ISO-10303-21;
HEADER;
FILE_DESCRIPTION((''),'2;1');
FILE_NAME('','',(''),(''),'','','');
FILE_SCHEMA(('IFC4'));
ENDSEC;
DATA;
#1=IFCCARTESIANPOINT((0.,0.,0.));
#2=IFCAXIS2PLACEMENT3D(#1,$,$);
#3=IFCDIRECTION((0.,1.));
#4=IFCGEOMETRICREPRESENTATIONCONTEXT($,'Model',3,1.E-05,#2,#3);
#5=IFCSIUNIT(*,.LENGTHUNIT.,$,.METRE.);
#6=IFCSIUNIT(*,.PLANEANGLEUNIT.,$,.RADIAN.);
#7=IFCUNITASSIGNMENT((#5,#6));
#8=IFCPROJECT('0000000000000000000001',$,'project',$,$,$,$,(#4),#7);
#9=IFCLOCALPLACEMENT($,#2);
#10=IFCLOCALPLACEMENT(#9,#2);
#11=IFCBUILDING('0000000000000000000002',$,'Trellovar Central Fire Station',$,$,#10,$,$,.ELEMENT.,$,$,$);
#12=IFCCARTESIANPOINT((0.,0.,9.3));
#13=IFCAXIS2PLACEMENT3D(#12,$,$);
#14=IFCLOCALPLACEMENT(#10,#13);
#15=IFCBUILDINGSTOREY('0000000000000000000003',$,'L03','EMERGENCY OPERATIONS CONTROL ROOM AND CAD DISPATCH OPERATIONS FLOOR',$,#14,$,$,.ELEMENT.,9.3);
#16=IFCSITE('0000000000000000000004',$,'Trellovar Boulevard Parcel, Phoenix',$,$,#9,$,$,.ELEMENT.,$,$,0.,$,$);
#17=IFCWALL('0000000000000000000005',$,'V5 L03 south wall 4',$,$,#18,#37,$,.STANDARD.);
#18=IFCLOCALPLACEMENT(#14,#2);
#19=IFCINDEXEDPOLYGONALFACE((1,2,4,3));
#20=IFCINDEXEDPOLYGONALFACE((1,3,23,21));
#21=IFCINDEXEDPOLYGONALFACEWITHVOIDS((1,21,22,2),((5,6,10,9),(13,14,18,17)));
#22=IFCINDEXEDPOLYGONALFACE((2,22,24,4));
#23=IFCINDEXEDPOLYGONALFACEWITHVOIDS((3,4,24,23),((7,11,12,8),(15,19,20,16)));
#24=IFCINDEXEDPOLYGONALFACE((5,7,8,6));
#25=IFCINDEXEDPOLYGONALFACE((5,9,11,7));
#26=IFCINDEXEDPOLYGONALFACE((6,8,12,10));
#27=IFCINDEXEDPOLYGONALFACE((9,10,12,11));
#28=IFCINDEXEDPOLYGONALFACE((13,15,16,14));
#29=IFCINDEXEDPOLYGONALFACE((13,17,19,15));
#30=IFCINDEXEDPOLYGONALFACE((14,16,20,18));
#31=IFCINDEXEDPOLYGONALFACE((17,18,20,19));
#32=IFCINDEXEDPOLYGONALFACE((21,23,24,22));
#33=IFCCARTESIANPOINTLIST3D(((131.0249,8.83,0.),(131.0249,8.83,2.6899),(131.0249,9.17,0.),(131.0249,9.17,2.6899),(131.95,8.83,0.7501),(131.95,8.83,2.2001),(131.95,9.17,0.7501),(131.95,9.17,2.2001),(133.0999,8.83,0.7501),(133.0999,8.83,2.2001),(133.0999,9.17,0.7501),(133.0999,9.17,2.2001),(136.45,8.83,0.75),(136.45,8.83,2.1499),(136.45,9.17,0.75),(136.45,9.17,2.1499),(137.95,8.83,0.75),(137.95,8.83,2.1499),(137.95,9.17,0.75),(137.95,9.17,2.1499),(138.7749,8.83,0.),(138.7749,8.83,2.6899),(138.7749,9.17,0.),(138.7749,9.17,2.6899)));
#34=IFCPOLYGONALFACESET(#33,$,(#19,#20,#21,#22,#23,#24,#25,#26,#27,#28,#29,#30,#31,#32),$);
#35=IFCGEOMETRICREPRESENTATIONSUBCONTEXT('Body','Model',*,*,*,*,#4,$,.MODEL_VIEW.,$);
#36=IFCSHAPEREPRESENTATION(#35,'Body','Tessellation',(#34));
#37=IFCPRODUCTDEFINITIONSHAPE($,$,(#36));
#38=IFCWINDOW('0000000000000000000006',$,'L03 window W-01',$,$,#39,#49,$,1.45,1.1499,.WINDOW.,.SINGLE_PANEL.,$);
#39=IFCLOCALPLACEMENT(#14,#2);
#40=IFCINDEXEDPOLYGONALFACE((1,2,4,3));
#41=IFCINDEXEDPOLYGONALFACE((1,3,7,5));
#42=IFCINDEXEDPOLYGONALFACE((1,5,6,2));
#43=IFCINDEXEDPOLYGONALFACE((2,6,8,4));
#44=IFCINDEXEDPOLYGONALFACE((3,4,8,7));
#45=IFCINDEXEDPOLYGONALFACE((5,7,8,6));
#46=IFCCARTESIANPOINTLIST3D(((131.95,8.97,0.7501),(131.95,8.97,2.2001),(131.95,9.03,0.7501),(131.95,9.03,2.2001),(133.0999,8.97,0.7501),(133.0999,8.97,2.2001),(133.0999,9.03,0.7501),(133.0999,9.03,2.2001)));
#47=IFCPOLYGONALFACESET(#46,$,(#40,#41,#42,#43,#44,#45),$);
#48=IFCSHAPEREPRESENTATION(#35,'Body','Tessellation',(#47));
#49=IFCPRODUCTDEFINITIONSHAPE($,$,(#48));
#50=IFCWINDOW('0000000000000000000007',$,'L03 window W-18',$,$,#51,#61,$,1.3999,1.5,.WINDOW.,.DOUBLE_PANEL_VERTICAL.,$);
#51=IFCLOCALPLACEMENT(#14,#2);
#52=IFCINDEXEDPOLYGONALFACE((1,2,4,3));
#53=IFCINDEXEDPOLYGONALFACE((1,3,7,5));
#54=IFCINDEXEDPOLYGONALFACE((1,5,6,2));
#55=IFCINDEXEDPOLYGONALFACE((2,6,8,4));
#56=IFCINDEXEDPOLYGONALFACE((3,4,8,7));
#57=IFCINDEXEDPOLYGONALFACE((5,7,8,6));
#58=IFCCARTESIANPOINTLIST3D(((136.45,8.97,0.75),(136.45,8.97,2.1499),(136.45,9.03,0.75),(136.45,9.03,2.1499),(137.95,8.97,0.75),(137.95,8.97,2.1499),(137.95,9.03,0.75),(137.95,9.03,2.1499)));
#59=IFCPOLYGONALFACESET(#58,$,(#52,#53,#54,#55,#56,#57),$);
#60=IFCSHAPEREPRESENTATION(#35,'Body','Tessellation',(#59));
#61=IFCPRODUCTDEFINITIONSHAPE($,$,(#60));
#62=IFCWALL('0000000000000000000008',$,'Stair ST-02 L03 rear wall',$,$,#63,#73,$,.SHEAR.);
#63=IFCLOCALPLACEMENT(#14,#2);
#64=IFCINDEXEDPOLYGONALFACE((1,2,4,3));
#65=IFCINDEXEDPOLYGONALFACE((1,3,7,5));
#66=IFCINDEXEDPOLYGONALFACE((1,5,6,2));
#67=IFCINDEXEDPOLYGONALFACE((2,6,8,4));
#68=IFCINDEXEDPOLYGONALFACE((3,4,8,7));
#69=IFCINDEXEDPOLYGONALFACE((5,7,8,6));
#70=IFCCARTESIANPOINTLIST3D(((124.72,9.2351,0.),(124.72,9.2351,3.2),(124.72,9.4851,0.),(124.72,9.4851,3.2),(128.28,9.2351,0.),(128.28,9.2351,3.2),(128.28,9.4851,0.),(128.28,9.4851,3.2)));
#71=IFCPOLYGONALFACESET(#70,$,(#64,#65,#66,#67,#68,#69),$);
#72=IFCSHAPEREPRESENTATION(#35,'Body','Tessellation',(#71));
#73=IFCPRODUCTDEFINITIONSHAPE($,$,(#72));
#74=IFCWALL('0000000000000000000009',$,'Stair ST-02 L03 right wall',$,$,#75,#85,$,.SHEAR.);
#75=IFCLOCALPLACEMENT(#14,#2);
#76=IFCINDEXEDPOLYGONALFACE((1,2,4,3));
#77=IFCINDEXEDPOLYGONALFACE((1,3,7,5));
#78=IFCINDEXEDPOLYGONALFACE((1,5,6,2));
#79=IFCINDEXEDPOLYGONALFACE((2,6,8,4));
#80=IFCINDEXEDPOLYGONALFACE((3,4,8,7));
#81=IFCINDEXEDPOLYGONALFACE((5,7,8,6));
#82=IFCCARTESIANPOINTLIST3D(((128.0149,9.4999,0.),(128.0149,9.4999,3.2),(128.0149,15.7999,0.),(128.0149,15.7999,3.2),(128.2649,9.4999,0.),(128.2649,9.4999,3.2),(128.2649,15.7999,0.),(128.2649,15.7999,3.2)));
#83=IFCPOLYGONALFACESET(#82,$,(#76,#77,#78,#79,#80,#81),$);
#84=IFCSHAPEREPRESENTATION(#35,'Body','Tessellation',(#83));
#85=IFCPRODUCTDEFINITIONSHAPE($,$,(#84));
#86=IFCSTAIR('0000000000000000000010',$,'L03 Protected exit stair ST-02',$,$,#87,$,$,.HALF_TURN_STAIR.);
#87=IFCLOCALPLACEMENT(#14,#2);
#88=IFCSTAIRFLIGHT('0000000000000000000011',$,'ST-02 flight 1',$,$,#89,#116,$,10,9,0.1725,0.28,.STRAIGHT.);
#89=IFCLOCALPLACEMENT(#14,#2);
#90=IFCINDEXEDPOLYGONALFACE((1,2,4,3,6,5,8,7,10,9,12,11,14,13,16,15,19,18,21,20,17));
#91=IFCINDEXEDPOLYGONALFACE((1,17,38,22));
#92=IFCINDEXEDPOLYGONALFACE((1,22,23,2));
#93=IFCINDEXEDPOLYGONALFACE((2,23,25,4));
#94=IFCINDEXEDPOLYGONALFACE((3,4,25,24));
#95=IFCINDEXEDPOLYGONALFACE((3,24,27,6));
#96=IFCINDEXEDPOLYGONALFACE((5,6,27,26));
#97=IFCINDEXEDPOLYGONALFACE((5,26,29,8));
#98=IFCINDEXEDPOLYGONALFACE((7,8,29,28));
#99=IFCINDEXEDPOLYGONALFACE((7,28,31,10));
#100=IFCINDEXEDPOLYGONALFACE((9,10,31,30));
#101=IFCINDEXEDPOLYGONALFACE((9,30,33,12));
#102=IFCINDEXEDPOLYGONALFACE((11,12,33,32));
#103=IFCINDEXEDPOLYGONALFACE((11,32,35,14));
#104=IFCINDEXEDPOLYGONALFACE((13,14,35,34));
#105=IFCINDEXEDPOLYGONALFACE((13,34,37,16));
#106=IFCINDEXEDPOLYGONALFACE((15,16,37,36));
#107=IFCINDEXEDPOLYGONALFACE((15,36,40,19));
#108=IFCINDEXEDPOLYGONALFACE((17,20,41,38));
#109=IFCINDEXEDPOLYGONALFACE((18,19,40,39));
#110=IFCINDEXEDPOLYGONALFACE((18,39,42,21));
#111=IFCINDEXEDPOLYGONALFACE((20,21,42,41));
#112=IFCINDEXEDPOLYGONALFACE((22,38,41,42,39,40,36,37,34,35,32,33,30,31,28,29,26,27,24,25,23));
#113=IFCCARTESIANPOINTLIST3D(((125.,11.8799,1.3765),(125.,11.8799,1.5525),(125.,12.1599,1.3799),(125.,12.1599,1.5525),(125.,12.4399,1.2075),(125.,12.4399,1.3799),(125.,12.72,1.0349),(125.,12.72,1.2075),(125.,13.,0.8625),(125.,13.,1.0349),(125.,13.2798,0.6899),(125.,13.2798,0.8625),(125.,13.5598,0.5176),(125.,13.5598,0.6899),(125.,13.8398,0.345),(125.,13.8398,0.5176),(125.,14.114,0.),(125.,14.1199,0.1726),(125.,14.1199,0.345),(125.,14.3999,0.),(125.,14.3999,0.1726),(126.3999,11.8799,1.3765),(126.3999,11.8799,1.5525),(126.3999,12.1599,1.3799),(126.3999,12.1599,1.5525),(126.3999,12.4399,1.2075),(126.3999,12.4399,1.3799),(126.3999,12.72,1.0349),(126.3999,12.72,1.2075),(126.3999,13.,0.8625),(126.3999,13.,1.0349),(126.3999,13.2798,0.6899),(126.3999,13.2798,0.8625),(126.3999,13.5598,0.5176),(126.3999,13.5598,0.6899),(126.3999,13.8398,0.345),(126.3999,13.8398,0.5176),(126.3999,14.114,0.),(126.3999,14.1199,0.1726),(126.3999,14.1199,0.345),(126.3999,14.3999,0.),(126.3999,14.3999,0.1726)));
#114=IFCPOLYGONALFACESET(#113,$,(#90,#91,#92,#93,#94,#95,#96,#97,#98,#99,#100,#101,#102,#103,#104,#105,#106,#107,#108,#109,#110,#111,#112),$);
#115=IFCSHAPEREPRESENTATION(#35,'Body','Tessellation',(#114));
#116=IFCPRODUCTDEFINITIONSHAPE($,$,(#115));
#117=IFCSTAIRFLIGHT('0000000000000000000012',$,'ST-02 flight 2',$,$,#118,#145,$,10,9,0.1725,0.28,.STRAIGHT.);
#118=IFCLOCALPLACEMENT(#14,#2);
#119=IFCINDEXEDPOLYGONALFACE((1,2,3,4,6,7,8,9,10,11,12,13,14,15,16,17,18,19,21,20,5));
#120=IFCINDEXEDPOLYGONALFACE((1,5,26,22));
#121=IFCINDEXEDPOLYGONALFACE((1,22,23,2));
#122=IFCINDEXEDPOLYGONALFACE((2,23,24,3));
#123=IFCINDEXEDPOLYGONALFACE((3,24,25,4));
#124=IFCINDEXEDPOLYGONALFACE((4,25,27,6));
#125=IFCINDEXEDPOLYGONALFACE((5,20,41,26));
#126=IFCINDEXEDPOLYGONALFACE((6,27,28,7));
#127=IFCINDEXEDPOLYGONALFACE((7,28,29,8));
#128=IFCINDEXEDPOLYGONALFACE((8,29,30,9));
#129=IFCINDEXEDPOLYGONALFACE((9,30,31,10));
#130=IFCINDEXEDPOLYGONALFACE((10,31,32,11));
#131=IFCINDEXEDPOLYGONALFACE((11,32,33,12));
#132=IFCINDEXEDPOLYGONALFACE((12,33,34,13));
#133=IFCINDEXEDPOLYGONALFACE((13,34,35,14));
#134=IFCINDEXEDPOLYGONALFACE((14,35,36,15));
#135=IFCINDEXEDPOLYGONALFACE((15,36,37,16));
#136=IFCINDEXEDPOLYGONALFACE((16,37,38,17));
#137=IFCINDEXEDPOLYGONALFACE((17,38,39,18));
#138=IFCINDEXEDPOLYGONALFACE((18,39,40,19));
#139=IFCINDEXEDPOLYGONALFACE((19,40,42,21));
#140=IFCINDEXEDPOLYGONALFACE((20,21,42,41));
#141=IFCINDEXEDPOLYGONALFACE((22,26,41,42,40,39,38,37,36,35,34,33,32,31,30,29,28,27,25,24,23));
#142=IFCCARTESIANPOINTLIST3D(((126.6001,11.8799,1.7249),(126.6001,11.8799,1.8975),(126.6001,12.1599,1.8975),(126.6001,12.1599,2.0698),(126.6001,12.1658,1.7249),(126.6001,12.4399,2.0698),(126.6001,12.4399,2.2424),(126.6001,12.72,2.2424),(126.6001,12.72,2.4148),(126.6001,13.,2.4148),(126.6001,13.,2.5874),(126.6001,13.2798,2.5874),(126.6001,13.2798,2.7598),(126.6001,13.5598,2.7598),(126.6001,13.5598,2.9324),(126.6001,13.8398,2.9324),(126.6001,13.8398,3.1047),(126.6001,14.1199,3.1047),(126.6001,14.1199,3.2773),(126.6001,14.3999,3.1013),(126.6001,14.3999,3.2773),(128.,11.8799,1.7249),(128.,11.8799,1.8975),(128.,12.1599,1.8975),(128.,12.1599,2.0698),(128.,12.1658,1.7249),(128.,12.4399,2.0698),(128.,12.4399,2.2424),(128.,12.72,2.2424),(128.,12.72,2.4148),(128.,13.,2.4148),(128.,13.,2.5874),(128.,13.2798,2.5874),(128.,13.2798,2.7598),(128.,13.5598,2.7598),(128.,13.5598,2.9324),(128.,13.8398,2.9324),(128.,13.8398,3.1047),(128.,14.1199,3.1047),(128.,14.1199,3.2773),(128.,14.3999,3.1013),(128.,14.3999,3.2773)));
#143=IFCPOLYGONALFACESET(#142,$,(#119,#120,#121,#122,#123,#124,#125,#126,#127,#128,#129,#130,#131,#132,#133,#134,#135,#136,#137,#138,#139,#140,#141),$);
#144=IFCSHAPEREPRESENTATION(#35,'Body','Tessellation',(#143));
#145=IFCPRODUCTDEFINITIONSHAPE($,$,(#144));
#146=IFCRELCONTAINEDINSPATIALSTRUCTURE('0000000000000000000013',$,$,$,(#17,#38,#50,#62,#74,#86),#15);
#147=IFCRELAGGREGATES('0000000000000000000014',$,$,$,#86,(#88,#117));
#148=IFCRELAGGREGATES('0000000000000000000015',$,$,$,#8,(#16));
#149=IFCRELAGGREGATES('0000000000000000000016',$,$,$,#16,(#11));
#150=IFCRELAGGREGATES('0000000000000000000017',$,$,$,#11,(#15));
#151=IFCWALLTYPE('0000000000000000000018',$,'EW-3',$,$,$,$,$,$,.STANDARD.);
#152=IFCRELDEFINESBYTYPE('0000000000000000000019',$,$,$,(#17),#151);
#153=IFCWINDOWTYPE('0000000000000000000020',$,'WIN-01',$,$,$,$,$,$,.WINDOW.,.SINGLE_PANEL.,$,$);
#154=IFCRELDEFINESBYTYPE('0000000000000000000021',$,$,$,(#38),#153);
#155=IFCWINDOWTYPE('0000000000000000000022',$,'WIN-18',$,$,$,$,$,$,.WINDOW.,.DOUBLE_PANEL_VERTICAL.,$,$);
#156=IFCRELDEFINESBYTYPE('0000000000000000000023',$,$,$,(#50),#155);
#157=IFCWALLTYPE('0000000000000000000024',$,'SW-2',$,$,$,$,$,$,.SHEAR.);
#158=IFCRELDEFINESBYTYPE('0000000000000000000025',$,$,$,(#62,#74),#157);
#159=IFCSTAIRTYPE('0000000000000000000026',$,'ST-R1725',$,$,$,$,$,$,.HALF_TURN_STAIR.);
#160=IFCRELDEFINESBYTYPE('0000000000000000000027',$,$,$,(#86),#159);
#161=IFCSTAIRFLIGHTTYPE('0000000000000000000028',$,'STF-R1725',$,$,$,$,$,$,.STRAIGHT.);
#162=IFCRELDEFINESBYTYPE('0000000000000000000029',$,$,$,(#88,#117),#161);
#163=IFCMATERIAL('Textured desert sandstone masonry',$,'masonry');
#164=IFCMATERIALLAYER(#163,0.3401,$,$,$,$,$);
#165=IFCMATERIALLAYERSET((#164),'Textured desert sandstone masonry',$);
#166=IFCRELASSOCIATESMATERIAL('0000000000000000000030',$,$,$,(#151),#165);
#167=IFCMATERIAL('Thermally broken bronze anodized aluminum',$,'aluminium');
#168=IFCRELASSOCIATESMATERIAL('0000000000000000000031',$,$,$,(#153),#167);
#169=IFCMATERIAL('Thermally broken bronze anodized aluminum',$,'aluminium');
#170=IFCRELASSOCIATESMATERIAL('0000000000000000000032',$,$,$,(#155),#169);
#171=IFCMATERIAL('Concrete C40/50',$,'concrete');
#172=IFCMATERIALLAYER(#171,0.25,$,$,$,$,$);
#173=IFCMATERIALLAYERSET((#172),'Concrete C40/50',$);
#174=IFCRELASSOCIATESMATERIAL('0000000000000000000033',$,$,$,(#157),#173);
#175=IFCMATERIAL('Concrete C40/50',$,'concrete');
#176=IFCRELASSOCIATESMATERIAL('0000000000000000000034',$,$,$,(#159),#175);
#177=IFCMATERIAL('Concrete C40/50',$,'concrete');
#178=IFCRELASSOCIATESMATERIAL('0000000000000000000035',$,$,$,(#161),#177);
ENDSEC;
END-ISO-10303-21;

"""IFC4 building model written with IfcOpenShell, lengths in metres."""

from ifc_helpers import new_model, si_unit, direction, frame, frame_2d, origin, place, context, subcontext, project, spatial, polyline, rectangle, outline, extrude, material, layer, layer_set, type_object, element, fill, aggregate, save


model = new_model("IFC4")

# Units and contexts
model_context = context("Model", 3, precision=1e-05, world=origin(), true_north=direction((0.0, 1.0)))
body_context = subcontext(model_context, "Body", "Model", "MODEL_VIEW")
ifc_project = project(units=[si_unit("LENGTHUNIT", "METRE"), si_unit("PLANEANGLEUNIT", "RADIAN")], contexts=[model_context])

# Site, building, storey
site_placement = place(None, origin())
site = spatial("IfcSite", under=ifc_project, at=site_placement, Name="Trellovar Boulevard Parcel, Phoenix", CompositionType="ELEMENT", RefElevation=0.0)
building_placement = place(site_placement, origin())
building = spatial("IfcBuilding", under=site, at=building_placement, Name="Trellovar Central Fire Station", CompositionType="ELEMENT")
storey_placement = place(building_placement, frame((0.0, 0.0, 9.3)))
storey = spatial("IfcBuildingStorey", under=building, at=storey_placement, Name="L03", Description="EMERGENCY OPERATIONS CONTROL ROOM AND CAD DISPATCH OPERATIONS FLOOR", CompositionType="ELEMENT", Elevation=9.3)

# Wall, openings, windows
ifc_material_1 = material(Name="Textured desert sandstone masonry", Category="masonry")
ifc_layer_1 = layer(ifc_material_1, 0.3401)
ifc_layer_set_1 = layer_set([ifc_layer_1], Name="Textured desert sandstone masonry")
wall_type_1 = type_object("IfcWallType", Name="EW-3", PredefinedType="STANDARD", material=ifc_layer_set_1)
wall_1_placement = place(storey_placement, frame((131.0249, 9.0, 0.0), z_axis=(0.0, 0.0, 1.0), x_axis=(1.0, 0.0, 0.0)))
wall_1 = element("IfcWall", 1, at=wall_1_placement, inside=storey, type_object=wall_type_1, Name="V5 L03 south wall 4", PredefinedType="STANDARD", context=body_context, shape_type="SweptSolid", body=[
    extrude(rectangle(XDim=7.75, YDim=0.3401, at=frame_2d((3.875, 0.0))), origin(), (0.0, 0.0, 1.0), 2.6899),
])
opening_1_placement = place(wall_1_placement, frame((0.925, 0.0, 0.75)))
opening_1 = element("IfcOpeningElement", 2, at=opening_1_placement, cuts=wall_1, PredefinedType="OPENING", context=body_context, shape_type="SweptSolid", body=[
    extrude(rectangle(XDim=1.1499, YDim=1.45, at=frame_2d((0.575, 0.7251))), frame((0.0, 0.1799, 0.0), z_axis=(0.0, -1.0, 0.0), x_axis=(1.0, 0.0, 0.0)), (0.0, 0.0, 1.0), 0.3601),
])
opening_2_placement = place(wall_1_placement, frame((5.425, 0.0, 0.75)))
opening_2 = element("IfcOpeningElement", 3, at=opening_2_placement, cuts=wall_1, PredefinedType="OPENING", context=body_context, shape_type="SweptSolid", body=[
    extrude(rectangle(XDim=1.5, YDim=1.3999, at=frame_2d((0.75, 0.7))), frame((0.0, 0.1799, 0.0), z_axis=(0.0, -1.0, 0.0), x_axis=(1.0, 0.0, 0.0)), (0.0, 0.0, 1.0), 0.3601),
])
ifc_material_2 = material(Name="Thermally broken bronze anodized aluminum", Category="aluminium")
window_type_1 = type_object("IfcWindowType", Name="WIN-01", PartitioningType="SINGLE_PANEL", PredefinedType="WINDOW", material=ifc_material_2)
window_1_placement = place(opening_1_placement, origin())
window_1 = element("IfcWindow", 4, at=window_1_placement, inside=storey, type_object=window_type_1, Name="L03 window W-01", OverallHeight=1.45, OverallWidth=1.1499, PartitioningType="SINGLE_PANEL", PredefinedType="WINDOW", context=body_context, shape_type="SweptSolid", body=[
    extrude(rectangle(XDim=1.1499, YDim=1.45, at=frame_2d((0.575, 0.7251))), frame((0.0, 0.03, 0.0), z_axis=(0.0, -1.0, 0.0), x_axis=(1.0, 0.0, 0.0)), (0.0, 0.0, 1.0), 0.0601),
])
fill(opening_1, window_1)
ifc_material_3 = material(Name="Thermally broken bronze anodized aluminum", Category="aluminium")
window_type_2 = type_object("IfcWindowType", Name="WIN-18", PartitioningType="DOUBLE_PANEL_VERTICAL", PredefinedType="WINDOW", material=ifc_material_3)
window_2_placement = place(opening_2_placement, origin())
window_2 = element("IfcWindow", 5, at=window_2_placement, inside=storey, type_object=window_type_2, Name="L03 window W-18", OverallHeight=1.3999, OverallWidth=1.5, PartitioningType="DOUBLE_PANEL_VERTICAL", PredefinedType="WINDOW", context=body_context, shape_type="SweptSolid", body=[
    extrude(rectangle(XDim=1.5, YDim=1.3999, at=frame_2d((0.75, 0.7))), frame((0.0, 0.03, 0.0), z_axis=(0.0, -1.0, 0.0), x_axis=(1.0, 0.0, 0.0)), (0.0, 0.0, 1.0), 0.0601),
])
fill(opening_2, window_2)

# Walls
ifc_material_4 = material(Name="Concrete C40/50", Category="concrete")
ifc_layer_2 = layer(ifc_material_4, 0.25)
ifc_layer_set_2 = layer_set([ifc_layer_2], Name="Concrete C40/50")
wall_type_2 = type_object("IfcWallType", Name="SW-2", PredefinedType="SHEAR", material=ifc_layer_set_2)
wall_2_placement = place(storey_placement, frame((128.28, 9.3601, 0.0), z_axis=(0.0, 0.0, 1.0), x_axis=(-1.0, 0.0, 0.0)))
element("IfcWall", 6, at=wall_2_placement, inside=storey, type_object=wall_type_2, Name="Stair ST-02 L03 rear wall", PredefinedType="SHEAR", context=body_context, shape_type="SweptSolid", body=[
    extrude(rectangle(XDim=3.5601, YDim=0.25, at=frame_2d((1.78, 0.0))), origin(), (0.0, 0.0, 1.0), 3.2),
])
wall_3_placement = place(storey_placement, frame((128.1399, 9.5, 0.0), z_axis=(0.0, 0.0, 1.0), x_axis=(0.0, 1.0, 0.0)))
element("IfcWall", 7, at=wall_3_placement, inside=storey, type_object=wall_type_2, Name="Stair ST-02 L03 right wall", PredefinedType="SHEAR", context=body_context, shape_type="SweptSolid", body=[
    extrude(rectangle(XDim=6.3, YDim=0.25, at=frame_2d((3.1499, 0.0))), origin(), (0.0, 0.0, 1.0), 3.2),
])

# Stair, stair flights
ifc_material_5 = material(Name="Concrete C40/50", Category="concrete")
stair_type = type_object("IfcStairType", Name="ST-R1725", PredefinedType="HALF_TURN_STAIR", material=ifc_material_5)
stair_placement = place(storey_placement, origin())
stair = element("IfcStair", 8, at=stair_placement, inside=storey, type_object=stair_type, Name="L03 Protected exit stair ST-02", PredefinedType="HALF_TURN_STAIR")
ifc_material_6 = material(Name="Concrete C40/50", Category="concrete")
stair_flight_type = type_object("IfcStairFlightType", Name="STF-R1725", PredefinedType="STRAIGHT", material=ifc_material_6)
stair_flight_1_placement = place(storey_placement, frame((125.7, 14.3999, 0.0), z_axis=(0.0, 0.0, 1.0), x_axis=(0.0, -1.0, 0.0)))
stair_flight_1 = element("IfcStairFlight", 9, at=stair_flight_1_placement, type_object=stair_flight_type, Name="ST-02 flight 1", NumberOfRisers=10, NumberOfTreads=9, PredefinedType="STRAIGHT", RiserHeight=0.1725, TreadLength=0.28, context=body_context, shape_type="SweptSolid", body=[
    extrude(outline(polyline([(0.0, 0.0), (0.0, 0.1726), (0.28, 0.1726), (0.28, 0.345), (0.5601, 0.345), (0.5601, 0.5176), (0.8401, 0.5176), (0.8401, 0.6899), (1.1201, 0.6899), (1.1201, 0.8625), (1.3999, 0.8625), (1.3999, 1.0349), (1.6799, 1.0349), (1.6799, 1.2075), (1.96, 1.2075), (1.96, 1.3799), (2.24, 1.3799), (2.24, 1.5525), (2.52, 1.5525), (2.52, 1.7251), (2.52, 1.3765), (0.2859, 0.0), (0.0, 0.0)])), frame((0.0, 0.7, 0.0), z_axis=(0.0, -1.0, 0.0), x_axis=(1.0, 0.0, 0.0)), (0.0, 0.0, 1.0), 1.3999),
])
stair_flight_2_placement = place(storey_placement, frame((127.3, 11.8799, 1.7249), z_axis=(0.0, 0.0, 1.0), x_axis=(0.0, 1.0, 0.0)))
stair_flight_2 = element("IfcStairFlight", 10, at=stair_flight_2_placement, type_object=stair_flight_type, Name="ST-02 flight 2", NumberOfRisers=10, NumberOfTreads=9, PredefinedType="STRAIGHT", RiserHeight=0.1725, TreadLength=0.28, context=body_context, shape_type="SweptSolid", body=[
    extrude(outline(polyline([(0.0, 0.0), (0.0, 0.1726), (0.28, 0.1726), (0.28, 0.345), (0.5601, 0.345), (0.5601, 0.5176), (0.8401, 0.5176), (0.8401, 0.6899), (1.1201, 0.6899), (1.1201, 0.8625), (1.3999, 0.8625), (1.3999, 1.0349), (1.6799, 1.0349), (1.6799, 1.2075), (1.96, 1.2075), (1.96, 1.3799), (2.24, 1.3799), (2.24, 1.5525), (2.52, 1.5525), (2.52, 1.7251), (2.52, 1.3765), (0.2859, 0.0), (0.0, 0.0)])), frame((0.0, 0.7, 0.0), z_axis=(0.0, -1.0, 0.0), x_axis=(1.0, 0.0, 0.0)), (0.0, 0.0, 1.0), 1.3999),
])
aggregate(stair, [stair_flight_1, stair_flight_2])

save(model, "model.ifc")
